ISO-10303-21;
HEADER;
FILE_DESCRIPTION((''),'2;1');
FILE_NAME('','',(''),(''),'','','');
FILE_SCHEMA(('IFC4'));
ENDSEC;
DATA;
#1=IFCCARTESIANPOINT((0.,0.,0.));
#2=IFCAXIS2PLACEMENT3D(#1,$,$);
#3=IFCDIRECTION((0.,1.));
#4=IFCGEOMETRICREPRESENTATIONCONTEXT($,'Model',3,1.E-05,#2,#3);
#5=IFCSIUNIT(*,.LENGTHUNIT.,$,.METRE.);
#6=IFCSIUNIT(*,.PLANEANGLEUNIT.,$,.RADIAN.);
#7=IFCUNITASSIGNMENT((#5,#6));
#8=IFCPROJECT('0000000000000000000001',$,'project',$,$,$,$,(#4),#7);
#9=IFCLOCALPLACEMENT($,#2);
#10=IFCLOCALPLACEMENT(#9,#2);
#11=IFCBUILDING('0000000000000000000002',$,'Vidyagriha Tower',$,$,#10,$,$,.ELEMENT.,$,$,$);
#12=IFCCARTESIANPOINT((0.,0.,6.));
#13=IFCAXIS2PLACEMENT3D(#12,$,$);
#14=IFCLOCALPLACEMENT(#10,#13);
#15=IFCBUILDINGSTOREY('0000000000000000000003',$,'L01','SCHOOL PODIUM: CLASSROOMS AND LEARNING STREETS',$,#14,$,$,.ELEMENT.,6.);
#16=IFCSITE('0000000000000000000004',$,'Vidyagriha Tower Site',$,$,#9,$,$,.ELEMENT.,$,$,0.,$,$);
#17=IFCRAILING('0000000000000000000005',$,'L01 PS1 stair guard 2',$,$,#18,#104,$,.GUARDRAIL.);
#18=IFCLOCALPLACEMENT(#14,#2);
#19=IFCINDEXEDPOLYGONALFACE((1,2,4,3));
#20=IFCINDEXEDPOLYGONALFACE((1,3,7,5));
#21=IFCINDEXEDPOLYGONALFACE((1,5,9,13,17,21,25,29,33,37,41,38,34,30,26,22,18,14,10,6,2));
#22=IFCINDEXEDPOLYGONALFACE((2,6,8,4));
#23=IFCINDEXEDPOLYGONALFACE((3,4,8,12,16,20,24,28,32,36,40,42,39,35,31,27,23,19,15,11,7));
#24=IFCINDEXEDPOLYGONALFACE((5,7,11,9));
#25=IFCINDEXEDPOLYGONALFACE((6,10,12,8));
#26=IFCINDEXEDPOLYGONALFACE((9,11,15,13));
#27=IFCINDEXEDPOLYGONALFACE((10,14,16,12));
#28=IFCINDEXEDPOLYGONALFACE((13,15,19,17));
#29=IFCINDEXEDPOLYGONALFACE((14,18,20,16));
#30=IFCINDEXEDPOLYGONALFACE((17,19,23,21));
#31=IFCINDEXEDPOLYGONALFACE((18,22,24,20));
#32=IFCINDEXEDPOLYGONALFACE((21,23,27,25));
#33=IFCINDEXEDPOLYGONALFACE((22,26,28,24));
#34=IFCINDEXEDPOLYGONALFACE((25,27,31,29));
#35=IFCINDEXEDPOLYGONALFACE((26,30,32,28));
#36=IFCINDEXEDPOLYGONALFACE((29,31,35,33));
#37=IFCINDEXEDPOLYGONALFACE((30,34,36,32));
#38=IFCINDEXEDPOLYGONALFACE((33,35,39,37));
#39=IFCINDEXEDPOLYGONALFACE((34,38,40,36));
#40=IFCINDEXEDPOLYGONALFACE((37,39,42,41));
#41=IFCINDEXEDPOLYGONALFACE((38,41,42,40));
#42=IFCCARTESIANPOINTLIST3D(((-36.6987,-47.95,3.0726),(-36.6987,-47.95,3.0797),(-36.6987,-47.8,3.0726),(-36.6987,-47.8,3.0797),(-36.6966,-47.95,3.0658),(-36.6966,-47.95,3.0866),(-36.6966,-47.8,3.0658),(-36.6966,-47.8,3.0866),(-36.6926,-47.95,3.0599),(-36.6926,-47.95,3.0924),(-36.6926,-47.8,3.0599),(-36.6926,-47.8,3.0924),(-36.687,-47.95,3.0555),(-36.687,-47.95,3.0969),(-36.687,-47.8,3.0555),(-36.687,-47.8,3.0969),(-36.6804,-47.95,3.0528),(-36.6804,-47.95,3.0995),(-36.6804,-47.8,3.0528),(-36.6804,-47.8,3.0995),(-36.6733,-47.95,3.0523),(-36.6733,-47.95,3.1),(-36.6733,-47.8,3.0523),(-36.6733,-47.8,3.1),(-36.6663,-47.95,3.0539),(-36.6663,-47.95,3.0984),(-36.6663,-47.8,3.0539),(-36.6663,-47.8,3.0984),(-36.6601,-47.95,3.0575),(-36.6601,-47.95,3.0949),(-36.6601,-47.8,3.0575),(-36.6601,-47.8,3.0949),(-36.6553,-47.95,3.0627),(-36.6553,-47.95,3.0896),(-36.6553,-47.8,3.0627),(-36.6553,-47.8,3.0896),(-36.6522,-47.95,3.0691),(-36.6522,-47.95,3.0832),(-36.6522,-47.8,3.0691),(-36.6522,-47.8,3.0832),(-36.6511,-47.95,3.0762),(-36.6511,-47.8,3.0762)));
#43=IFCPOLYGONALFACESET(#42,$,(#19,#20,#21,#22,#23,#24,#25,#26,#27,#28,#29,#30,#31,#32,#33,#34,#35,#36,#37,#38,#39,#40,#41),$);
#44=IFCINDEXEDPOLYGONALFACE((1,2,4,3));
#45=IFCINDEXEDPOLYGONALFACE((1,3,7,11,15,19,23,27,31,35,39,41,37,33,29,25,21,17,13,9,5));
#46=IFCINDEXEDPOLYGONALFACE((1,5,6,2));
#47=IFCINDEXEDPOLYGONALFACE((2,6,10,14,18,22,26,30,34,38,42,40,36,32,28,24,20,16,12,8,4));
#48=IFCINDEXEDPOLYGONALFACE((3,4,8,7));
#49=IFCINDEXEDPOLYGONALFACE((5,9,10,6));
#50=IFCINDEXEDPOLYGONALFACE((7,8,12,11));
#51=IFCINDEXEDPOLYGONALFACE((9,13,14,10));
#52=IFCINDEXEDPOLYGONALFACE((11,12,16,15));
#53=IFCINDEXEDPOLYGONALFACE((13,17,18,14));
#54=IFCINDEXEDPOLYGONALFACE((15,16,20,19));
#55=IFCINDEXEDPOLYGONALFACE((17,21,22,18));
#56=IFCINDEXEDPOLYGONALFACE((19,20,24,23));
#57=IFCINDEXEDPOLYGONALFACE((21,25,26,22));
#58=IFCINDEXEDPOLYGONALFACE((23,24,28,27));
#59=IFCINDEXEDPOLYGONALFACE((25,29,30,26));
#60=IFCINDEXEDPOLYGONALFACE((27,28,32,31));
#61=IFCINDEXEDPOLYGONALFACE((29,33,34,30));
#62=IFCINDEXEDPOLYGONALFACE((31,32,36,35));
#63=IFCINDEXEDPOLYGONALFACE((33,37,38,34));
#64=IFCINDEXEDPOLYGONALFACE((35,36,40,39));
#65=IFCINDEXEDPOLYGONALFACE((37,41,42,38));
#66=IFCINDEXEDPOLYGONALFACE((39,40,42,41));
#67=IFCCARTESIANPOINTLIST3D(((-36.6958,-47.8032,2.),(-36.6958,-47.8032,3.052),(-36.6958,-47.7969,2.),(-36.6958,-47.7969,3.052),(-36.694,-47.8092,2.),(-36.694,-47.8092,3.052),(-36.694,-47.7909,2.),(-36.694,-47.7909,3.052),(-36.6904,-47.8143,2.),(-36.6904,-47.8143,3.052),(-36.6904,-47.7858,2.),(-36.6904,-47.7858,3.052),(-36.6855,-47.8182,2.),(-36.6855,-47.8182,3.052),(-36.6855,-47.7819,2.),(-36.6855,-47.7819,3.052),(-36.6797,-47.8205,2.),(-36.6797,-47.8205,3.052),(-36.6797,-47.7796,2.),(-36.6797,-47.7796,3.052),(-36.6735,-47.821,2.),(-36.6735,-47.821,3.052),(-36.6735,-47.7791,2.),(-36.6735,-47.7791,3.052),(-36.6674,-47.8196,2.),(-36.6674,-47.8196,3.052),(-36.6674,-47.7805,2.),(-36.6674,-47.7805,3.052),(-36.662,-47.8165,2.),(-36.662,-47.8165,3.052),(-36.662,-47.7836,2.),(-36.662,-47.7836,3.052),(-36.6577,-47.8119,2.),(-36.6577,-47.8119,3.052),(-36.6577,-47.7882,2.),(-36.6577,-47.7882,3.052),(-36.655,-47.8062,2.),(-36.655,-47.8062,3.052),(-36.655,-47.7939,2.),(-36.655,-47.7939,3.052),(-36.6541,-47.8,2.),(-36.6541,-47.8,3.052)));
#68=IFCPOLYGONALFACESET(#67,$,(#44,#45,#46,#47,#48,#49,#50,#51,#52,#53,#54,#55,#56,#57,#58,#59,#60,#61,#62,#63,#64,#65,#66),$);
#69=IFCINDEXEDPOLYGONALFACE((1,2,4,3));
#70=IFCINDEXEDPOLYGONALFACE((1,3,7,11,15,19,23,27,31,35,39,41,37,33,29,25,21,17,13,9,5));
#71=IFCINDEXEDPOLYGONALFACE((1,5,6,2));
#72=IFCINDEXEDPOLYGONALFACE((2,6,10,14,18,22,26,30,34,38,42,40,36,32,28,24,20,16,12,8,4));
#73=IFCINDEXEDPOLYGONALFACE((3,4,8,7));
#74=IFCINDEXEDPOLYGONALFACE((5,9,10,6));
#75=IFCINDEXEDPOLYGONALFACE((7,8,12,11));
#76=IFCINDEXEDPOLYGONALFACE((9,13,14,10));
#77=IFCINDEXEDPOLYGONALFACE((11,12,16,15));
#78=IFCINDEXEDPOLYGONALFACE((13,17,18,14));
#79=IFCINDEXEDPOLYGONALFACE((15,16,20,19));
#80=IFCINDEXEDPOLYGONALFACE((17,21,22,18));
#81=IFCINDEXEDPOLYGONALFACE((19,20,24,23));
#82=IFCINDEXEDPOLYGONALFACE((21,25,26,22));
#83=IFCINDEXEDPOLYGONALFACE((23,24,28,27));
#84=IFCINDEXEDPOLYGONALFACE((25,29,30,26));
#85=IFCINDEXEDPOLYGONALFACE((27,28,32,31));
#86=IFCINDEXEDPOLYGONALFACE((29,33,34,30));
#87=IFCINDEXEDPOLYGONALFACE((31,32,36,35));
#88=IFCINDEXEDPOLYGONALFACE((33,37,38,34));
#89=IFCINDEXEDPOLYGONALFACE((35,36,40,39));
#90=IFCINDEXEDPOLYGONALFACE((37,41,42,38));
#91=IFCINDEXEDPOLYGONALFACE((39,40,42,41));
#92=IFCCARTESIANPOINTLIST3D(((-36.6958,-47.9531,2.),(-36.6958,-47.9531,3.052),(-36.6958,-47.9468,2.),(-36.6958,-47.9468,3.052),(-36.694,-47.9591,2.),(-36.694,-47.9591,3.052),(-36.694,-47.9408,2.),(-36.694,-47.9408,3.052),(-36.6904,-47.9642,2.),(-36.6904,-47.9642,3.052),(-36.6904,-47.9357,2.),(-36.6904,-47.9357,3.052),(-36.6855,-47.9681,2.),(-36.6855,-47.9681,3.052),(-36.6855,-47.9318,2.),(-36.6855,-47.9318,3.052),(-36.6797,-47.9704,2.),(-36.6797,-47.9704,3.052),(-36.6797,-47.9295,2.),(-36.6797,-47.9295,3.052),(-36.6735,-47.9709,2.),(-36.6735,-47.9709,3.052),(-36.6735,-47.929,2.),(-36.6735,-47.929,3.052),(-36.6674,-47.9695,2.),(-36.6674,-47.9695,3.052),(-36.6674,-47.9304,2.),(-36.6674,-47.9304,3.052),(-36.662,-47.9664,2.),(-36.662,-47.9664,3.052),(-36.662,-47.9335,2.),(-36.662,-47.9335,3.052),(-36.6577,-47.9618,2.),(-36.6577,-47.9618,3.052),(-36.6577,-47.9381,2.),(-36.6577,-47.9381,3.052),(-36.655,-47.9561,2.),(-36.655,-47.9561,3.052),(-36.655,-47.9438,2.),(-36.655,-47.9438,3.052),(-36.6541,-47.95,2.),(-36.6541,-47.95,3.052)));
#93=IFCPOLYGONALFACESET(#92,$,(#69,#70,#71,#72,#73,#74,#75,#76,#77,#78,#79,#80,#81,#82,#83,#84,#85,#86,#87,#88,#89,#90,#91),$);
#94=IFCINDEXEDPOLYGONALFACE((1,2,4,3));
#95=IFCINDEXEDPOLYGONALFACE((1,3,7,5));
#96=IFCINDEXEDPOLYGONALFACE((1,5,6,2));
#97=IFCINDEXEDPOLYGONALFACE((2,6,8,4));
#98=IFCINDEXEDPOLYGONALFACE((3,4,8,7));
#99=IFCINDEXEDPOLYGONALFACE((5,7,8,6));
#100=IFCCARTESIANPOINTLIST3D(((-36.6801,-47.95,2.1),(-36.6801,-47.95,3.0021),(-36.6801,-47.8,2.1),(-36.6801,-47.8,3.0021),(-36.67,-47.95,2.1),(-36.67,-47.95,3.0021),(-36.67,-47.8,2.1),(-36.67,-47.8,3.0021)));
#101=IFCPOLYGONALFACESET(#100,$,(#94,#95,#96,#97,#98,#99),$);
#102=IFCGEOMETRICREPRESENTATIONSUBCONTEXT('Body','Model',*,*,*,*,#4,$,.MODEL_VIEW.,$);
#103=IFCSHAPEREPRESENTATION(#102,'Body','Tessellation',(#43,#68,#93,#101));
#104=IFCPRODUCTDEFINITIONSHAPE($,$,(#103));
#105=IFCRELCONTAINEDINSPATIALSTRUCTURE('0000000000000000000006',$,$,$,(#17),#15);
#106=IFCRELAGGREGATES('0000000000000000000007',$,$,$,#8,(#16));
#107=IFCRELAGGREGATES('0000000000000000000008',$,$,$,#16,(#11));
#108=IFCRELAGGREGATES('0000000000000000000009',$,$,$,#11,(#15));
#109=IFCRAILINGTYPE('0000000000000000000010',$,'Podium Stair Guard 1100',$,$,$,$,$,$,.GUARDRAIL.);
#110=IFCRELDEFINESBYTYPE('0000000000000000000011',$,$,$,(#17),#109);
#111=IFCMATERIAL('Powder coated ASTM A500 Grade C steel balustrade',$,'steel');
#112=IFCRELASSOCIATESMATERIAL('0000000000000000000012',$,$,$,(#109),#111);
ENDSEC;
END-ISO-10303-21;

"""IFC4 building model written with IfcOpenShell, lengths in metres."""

from ifc_helpers import new_model, si_unit, direction, frame, origin, origin_2d, place, context, subcontext, project, spatial, rectangle, circle, extrude, material, type_object, element, save


model = new_model("IFC4")

# Units and contexts
model_context = context("Model", 3, precision=1e-05, world=origin(), true_north=direction((0.0, 1.0)))
body_context = subcontext(model_context, "Body", "Model", "MODEL_VIEW")
ifc_project = project(units=[si_unit("LENGTHUNIT", "METRE"), si_unit("PLANEANGLEUNIT", "RADIAN")], contexts=[model_context])

# Site, building, storey
site_placement = place(None, origin())
site = spatial("IfcSite", under=ifc_project, at=site_placement, Name="Vidyagriha Tower Site", CompositionType="ELEMENT", RefElevation=0.0)
building_placement = place(site_placement, origin())
building = spatial("IfcBuilding", under=site, at=building_placement, Name="Vidyagriha Tower", CompositionType="ELEMENT")
storey_placement = place(building_placement, frame((0.0, 0.0, 6.0)))
storey = spatial("IfcBuildingStorey", under=building, at=storey_placement, Name="L01", Description="SCHOOL PODIUM: CLASSROOMS AND LEARNING STREETS", CompositionType="ELEMENT", Elevation=6.0)

# Railing
ifc_material_1 = material(Name="Powder coated ASTM A500 Grade C steel balustrade", Category="steel")
railing_type_1 = type_object("IfcRailingType", Name="Podium Stair Guard 1100", PredefinedType="GUARDRAIL", material=ifc_material_1)
railing_1_placement = place(storey_placement, frame((-36.675, -47.8, 2.0)))
element("IfcRailing", 1, at=railing_1_placement, inside=storey, type_object=railing_type_1, Name="L01 PS1 stair guard 2", PredefinedType="GUARDRAIL", context=body_context, shape_type="SweptSolid", body=[
    extrude(circle(Radius=0.0239, at=origin_2d()), frame((0.0, 0.0, 1.0762), z_axis=(0.0, -1.0, 0.0), x_axis=(1.0, 0.0, 0.0)), (0.0, 0.0, 1.0), 0.1499),
    extrude(circle(Radius=0.021, at=origin_2d()), origin(), (0.0, 0.0, 1.0), 1.052),
    extrude(circle(Radius=0.021, at=origin_2d()), frame((0.0, -0.1499, 0.0)), (0.0, 0.0, 1.0), 1.052),
    extrude(rectangle(XDim=0.01, YDim=0.9021, at=origin_2d()), frame((0.0, 0.0, 0.551), z_axis=(0.0, -1.0, 0.0), x_axis=(1.0, 0.0, 0.0)), (0.0, 0.0, 1.0), 0.1499),
])

save(model, "model.ifc")
